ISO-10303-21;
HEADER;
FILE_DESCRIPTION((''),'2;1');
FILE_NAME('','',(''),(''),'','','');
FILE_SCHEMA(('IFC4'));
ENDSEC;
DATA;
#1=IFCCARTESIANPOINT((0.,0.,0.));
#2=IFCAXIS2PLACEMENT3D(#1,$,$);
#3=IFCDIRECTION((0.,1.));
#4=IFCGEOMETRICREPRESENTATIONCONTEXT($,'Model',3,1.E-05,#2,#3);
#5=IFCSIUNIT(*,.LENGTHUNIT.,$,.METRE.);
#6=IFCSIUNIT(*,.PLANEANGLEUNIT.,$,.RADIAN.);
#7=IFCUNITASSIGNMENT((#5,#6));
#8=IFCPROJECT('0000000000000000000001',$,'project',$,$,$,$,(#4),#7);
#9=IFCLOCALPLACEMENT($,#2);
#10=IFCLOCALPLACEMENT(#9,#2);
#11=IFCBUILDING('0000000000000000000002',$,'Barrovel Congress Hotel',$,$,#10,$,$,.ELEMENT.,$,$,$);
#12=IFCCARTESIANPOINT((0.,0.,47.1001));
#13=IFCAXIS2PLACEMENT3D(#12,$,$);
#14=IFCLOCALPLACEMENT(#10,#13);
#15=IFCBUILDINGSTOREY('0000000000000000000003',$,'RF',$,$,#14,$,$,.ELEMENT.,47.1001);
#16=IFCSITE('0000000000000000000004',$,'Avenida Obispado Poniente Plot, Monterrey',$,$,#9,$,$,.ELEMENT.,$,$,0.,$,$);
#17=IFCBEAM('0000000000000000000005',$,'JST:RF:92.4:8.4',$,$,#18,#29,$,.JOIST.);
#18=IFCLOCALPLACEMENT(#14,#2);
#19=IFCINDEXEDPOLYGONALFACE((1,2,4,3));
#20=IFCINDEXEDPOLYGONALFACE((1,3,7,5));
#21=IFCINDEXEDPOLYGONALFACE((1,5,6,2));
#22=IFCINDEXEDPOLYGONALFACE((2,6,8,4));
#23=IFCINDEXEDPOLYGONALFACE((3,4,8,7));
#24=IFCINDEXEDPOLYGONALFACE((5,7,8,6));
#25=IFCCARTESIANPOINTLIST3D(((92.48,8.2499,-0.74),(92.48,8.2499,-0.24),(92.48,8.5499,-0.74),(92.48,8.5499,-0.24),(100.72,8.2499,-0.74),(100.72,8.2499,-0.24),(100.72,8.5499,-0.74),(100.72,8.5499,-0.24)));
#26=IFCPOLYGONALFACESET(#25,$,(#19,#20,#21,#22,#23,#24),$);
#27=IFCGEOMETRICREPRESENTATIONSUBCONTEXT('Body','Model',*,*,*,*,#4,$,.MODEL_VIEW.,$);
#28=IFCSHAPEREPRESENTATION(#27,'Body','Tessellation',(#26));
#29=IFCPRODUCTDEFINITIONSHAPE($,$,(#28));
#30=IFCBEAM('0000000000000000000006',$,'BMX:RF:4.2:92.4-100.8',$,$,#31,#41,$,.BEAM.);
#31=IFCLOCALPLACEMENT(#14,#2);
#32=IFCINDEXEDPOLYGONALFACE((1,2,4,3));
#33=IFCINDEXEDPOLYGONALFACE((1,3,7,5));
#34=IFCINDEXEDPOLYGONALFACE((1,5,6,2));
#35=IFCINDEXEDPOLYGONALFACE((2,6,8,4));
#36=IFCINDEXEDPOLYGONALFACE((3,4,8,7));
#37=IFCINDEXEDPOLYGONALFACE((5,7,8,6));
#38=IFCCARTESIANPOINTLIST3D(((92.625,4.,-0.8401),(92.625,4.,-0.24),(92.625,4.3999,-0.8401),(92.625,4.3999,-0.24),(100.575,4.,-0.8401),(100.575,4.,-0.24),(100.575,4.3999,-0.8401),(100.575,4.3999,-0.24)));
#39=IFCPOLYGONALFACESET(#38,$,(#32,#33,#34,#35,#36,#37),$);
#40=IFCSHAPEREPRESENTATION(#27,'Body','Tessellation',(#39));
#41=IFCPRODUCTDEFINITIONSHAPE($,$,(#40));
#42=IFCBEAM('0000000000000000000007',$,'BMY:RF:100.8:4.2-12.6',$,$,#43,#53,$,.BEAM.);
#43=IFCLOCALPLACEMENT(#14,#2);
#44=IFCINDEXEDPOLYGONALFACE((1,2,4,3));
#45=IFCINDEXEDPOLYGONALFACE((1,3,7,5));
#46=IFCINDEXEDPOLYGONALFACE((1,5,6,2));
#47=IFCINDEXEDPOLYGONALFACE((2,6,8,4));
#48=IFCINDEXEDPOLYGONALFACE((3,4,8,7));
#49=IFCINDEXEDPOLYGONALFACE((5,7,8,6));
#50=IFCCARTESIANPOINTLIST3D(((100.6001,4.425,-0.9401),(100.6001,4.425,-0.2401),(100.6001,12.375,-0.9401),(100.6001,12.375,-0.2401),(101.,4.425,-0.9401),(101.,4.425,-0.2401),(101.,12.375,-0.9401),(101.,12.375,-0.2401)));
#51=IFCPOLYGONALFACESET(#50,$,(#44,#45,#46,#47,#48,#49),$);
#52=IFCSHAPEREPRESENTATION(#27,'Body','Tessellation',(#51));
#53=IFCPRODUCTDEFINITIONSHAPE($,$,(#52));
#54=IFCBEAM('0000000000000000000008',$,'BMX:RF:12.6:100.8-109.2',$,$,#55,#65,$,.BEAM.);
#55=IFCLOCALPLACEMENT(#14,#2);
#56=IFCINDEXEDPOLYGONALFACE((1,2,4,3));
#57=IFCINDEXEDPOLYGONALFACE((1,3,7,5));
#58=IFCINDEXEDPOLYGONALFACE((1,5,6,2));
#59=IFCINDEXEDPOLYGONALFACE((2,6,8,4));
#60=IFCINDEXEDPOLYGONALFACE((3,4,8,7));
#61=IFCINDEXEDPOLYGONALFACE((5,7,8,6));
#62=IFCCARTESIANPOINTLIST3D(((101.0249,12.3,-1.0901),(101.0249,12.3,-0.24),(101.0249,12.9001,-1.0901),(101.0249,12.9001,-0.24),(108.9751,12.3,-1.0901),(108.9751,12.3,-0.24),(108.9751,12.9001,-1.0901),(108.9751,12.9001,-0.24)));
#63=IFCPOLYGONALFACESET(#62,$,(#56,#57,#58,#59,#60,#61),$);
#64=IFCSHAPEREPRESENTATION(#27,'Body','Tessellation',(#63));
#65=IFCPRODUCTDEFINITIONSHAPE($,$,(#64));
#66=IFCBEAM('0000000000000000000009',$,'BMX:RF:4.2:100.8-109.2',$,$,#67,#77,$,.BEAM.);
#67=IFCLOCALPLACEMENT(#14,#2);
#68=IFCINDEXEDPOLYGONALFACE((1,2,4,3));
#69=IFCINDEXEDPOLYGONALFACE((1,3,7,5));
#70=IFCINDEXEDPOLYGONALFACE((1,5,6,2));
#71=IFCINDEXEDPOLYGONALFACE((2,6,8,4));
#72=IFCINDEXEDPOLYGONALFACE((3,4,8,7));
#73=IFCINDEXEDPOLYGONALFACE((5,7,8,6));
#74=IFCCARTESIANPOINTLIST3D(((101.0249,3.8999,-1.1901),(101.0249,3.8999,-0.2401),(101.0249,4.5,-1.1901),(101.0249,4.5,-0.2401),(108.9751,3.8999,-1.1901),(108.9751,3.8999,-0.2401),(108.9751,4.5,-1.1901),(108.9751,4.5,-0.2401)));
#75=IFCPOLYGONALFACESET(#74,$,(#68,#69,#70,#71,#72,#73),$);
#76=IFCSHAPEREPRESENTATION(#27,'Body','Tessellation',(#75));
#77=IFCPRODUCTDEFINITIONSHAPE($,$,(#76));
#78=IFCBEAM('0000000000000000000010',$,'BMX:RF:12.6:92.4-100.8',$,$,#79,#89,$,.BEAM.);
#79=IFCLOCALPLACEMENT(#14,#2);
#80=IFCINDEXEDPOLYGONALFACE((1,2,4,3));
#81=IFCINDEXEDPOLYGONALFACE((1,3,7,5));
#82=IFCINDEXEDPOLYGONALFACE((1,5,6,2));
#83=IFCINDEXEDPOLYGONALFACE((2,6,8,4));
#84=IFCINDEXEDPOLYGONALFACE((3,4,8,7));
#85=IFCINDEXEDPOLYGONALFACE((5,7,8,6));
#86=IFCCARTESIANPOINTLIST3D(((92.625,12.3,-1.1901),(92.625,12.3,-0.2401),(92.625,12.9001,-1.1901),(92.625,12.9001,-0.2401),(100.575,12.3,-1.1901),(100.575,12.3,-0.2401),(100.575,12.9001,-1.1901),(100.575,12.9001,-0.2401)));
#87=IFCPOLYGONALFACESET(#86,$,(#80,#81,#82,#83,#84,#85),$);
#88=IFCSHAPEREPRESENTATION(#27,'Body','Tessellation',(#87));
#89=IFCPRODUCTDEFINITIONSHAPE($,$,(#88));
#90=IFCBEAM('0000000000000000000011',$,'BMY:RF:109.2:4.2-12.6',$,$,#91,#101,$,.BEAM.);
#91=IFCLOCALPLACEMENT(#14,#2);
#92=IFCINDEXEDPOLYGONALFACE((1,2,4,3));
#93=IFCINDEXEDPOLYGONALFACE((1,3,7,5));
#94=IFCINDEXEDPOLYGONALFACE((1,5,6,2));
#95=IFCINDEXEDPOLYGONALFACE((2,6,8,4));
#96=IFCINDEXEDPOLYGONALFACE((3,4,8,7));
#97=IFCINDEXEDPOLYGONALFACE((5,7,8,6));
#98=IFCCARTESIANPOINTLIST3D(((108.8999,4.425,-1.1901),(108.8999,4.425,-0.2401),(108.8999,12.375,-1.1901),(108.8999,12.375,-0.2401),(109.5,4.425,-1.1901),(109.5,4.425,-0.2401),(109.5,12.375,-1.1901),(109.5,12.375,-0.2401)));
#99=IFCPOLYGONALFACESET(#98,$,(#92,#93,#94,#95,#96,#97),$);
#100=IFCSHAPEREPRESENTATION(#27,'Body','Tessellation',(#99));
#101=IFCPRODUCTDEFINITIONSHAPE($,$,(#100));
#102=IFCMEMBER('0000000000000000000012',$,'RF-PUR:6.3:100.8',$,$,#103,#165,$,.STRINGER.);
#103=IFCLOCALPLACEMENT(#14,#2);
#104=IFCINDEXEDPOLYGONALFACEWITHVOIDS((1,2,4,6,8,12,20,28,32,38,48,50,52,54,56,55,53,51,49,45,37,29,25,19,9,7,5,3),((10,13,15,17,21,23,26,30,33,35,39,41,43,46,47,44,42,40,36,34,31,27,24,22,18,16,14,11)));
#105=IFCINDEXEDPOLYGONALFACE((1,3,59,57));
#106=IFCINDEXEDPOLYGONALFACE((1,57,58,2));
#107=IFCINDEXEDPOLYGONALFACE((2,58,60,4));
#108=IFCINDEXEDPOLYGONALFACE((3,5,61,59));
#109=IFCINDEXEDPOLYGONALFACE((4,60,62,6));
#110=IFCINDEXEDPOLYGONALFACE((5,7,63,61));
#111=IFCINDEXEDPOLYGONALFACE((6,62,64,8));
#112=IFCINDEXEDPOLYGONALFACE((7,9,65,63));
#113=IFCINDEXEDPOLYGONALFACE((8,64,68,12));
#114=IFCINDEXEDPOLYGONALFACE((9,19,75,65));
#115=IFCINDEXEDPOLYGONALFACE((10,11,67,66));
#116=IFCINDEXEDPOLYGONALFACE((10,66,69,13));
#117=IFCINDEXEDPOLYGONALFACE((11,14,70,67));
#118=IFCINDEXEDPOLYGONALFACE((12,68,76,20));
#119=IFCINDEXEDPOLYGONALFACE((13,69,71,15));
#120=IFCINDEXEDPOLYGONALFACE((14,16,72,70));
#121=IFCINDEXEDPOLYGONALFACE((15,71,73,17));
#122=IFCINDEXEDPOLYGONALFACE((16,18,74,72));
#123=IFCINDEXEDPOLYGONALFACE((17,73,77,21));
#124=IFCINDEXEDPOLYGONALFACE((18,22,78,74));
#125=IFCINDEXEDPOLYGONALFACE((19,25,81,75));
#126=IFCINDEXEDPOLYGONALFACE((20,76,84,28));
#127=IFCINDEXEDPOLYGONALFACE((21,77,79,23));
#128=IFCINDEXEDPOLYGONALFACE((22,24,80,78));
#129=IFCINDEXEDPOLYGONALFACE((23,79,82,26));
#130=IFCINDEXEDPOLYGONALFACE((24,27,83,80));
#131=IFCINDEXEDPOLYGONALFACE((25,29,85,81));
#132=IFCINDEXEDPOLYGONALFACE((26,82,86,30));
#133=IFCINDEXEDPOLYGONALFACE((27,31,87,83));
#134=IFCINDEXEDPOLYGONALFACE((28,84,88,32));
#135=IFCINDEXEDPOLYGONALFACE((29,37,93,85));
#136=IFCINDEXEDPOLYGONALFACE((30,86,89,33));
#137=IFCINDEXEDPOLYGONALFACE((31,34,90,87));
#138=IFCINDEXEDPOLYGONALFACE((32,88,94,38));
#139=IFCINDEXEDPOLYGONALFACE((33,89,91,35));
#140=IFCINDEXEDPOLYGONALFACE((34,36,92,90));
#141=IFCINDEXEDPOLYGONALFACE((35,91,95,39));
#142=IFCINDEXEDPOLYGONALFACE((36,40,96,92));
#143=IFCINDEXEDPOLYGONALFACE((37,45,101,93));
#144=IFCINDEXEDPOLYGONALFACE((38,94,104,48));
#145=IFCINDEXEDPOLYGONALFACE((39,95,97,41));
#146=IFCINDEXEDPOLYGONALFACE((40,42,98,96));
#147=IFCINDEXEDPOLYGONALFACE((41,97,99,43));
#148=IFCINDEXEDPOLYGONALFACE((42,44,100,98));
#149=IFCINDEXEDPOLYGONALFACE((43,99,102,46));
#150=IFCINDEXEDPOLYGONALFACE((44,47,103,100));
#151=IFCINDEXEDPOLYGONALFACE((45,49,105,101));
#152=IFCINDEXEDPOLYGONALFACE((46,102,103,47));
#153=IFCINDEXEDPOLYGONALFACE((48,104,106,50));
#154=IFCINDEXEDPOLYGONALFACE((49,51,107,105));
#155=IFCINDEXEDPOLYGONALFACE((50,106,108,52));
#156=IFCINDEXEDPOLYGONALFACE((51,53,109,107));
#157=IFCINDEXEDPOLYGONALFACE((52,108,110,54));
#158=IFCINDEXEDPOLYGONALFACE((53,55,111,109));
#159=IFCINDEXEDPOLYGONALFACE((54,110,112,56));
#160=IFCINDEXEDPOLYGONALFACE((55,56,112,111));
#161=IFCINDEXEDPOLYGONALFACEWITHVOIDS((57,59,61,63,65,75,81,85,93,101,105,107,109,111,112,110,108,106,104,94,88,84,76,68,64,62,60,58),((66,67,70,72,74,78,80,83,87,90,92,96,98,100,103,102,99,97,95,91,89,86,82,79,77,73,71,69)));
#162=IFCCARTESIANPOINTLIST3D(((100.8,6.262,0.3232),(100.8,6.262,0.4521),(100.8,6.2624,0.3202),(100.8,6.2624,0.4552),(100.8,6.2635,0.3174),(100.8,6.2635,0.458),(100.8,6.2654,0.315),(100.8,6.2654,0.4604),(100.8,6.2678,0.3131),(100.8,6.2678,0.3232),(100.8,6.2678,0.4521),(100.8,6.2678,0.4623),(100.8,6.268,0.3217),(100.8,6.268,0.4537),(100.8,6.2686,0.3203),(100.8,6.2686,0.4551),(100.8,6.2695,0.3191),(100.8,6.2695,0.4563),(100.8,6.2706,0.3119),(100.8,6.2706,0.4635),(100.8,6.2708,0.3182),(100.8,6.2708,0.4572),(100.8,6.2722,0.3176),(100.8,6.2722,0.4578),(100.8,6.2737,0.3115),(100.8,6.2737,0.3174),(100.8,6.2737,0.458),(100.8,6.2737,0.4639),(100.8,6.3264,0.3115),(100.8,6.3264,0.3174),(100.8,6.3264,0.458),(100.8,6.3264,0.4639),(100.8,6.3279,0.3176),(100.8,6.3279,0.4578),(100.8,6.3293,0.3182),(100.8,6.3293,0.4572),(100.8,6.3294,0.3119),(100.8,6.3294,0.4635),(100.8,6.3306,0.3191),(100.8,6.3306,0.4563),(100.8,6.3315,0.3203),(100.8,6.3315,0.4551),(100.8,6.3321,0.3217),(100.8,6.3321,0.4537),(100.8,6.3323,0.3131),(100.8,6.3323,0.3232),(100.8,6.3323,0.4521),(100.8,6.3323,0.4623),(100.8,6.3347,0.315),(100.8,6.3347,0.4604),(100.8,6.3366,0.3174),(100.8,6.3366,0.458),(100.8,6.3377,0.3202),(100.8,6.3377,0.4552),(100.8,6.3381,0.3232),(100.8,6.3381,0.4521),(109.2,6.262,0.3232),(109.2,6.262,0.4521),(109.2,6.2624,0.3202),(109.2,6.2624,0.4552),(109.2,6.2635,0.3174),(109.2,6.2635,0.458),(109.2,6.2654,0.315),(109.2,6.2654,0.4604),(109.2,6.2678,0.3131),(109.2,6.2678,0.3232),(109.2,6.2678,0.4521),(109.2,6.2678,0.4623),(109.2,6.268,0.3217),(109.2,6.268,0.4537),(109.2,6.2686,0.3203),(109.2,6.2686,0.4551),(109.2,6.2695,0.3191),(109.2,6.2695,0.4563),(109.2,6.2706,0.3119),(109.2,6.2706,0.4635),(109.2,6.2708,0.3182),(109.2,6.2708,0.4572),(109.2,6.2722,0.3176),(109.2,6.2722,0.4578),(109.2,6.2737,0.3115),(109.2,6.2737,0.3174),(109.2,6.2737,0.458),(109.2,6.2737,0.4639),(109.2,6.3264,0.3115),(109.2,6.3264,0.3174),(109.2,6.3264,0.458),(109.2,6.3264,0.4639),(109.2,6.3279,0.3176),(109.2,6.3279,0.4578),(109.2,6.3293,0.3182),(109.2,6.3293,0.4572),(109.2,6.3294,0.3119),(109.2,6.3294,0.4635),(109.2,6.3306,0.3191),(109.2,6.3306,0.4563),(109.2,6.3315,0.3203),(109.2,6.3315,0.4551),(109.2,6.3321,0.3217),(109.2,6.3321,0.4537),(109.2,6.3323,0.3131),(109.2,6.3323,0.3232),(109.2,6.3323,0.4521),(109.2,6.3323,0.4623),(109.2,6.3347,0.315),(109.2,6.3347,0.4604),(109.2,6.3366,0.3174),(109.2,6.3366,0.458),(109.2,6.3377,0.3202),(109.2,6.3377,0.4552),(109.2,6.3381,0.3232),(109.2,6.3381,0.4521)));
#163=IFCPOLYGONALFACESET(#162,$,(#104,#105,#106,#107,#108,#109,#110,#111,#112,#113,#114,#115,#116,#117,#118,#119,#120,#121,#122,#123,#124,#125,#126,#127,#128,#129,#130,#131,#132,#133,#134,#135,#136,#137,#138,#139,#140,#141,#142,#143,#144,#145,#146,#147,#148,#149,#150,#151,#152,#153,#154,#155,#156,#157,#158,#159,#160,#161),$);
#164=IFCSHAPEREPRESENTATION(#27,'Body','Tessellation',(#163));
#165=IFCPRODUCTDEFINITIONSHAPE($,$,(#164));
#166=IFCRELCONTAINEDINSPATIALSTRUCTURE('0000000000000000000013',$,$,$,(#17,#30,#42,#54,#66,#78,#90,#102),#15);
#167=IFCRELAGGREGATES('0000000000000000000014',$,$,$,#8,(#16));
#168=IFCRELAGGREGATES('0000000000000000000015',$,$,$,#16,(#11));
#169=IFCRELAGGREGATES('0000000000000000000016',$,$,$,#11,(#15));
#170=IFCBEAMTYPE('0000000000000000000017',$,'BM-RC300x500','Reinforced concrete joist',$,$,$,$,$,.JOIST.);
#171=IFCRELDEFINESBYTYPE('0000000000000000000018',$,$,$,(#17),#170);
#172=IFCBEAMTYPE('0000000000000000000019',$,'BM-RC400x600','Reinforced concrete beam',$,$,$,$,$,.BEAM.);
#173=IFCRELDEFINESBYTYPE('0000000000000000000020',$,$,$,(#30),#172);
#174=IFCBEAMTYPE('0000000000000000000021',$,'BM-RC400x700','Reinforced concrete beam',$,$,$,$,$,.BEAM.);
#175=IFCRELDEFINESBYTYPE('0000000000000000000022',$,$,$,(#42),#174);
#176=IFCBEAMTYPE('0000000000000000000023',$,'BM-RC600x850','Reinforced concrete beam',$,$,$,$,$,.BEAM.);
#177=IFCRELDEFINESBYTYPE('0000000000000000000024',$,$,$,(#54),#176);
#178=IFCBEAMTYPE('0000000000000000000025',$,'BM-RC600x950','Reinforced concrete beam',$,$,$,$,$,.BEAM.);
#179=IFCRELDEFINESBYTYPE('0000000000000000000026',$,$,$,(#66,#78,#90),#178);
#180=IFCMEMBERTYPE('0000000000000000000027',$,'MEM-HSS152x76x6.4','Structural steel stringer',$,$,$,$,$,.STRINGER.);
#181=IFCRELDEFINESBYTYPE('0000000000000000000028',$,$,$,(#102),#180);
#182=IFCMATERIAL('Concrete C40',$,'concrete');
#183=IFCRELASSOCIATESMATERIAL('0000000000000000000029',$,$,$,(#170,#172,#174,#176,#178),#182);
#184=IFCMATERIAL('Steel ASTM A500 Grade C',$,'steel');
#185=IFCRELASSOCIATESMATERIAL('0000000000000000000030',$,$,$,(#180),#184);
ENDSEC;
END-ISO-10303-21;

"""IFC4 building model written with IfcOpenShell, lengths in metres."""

from ifc_helpers import new_model, si_unit, direction, frame, origin, origin_2d, place, context, subcontext, project, spatial, rectangle, hollow_rectangle, extrude, material, material_profile, profile_set, type_object, element, save


model = new_model("IFC4")

# Units and contexts
model_context = context("Model", 3, precision=1e-05, world=origin(), true_north=direction((0.0, 1.0)))
body_context = subcontext(model_context, "Body", "Model", "MODEL_VIEW")
ifc_project = project(units=[si_unit("LENGTHUNIT", "METRE"), si_unit("PLANEANGLEUNIT", "RADIAN")], contexts=[model_context])

# Site, building, storey
site_placement = place(None, origin())
site = spatial("IfcSite", under=ifc_project, at=site_placement, Name="Avenida Obispado Poniente Plot, Monterrey", CompositionType="ELEMENT", RefElevation=0.0)
building_placement = place(site_placement, origin())
building = spatial("IfcBuilding", under=site, at=building_placement, Name="Barrovel Congress Hotel", CompositionType="ELEMENT")
storey_placement = place(building_placement, frame((0.0, 0.0, 47.1001)))
storey = spatial("IfcBuildingStorey", under=building, at=storey_placement, Name="RF", CompositionType="ELEMENT", Elevation=47.1001)

# Beams
ifc_material_1 = material(Name="Concrete C40", Category="concrete")
ifc_material_profile_1 = material_profile(ifc_material_1, rectangle(XDim=0.3, YDim=0.5, at=origin_2d()), Name="RC300x500")
ifc_profile_set_1 = profile_set([ifc_material_profile_1], Name="Concrete C40")
beam_type_1 = type_object("IfcBeamType", Name="BM-RC300x500", Description="Reinforced concrete joist", PredefinedType="JOIST", material=ifc_profile_set_1)
beam_1_placement = place(storey_placement, frame((92.48, 8.3999, -0.49), z_axis=(1.0, 0.0, 0.0), x_axis=(0.0, 1.0, 0.0)))
element("IfcBeam", 1, at=beam_1_placement, inside=storey, type_object=beam_type_1, Name="JST:RF:92.4:8.4", PredefinedType="JOIST", context=body_context, shape_type="SweptSolid", body=[
    extrude(rectangle(XDim=0.3, YDim=0.5, at=origin_2d()), origin(), (0.0, 0.0, 1.0), 8.24),
])
ifc_material_profile_2 = material_profile(ifc_material_1, rectangle(XDim=0.3999, YDim=0.6001, at=origin_2d()), Name="RC400x600")
ifc_profile_set_2 = profile_set([ifc_material_profile_2], Name="Concrete C40")
beam_type_2 = type_object("IfcBeamType", Name="BM-RC400x600", Description="Reinforced concrete beam", PredefinedType="BEAM", material=ifc_profile_set_2)
beam_2_placement = place(storey_placement, frame((92.625, 4.2, -0.54), z_axis=(1.0, 0.0, 0.0), x_axis=(0.0, 1.0, 0.0)))
element("IfcBeam", 2, at=beam_2_placement, inside=storey, type_object=beam_type_2, Name="BMX:RF:4.2:92.4-100.8", PredefinedType="BEAM", context=body_context, shape_type="SweptSolid", body=[
    extrude(rectangle(XDim=0.3999, YDim=0.6001, at=origin_2d()), origin(), (0.0, 0.0, 1.0), 7.95),
])
ifc_material_profile_3 = material_profile(ifc_material_1, rectangle(XDim=0.3999, YDim=0.7, at=origin_2d()), Name="RC400x700")
ifc_profile_set_3 = profile_set([ifc_material_profile_3], Name="Concrete C40")
beam_type_3 = type_object("IfcBeamType", Name="BM-RC400x700", Description="Reinforced concrete beam", PredefinedType="BEAM", material=ifc_profile_set_3)
beam_3_placement = place(storey_placement, frame((100.8, 4.425, -0.5901), z_axis=(0.0, 1.0, 0.0), x_axis=(-1.0, 0.0, 0.0)))
element("IfcBeam", 3, at=beam_3_placement, inside=storey, type_object=beam_type_3, Name="BMY:RF:100.8:4.2-12.6", PredefinedType="BEAM", context=body_context, shape_type="SweptSolid", body=[
    extrude(rectangle(XDim=0.3999, YDim=0.7, at=origin_2d()), origin(), (0.0, 0.0, 1.0), 7.95),
])
ifc_material_profile_4 = material_profile(ifc_material_1, rectangle(XDim=0.6001, YDim=0.8501, at=origin_2d()), Name="RC600x850")
ifc_profile_set_4 = profile_set([ifc_material_profile_4], Name="Concrete C40")
beam_type_4 = type_object("IfcBeamType", Name="BM-RC600x850", Description="Reinforced concrete beam", PredefinedType="BEAM", material=ifc_profile_set_4)
beam_4_placement = place(storey_placement, frame((101.0249, 12.6001, -0.665), z_axis=(1.0, 0.0, 0.0), x_axis=(0.0, 1.0, 0.0)))
element("IfcBeam", 4, at=beam_4_placement, inside=storey, type_object=beam_type_4, Name="BMX:RF:12.6:100.8-109.2", PredefinedType="BEAM", context=body_context, shape_type="SweptSolid", body=[
    extrude(rectangle(XDim=0.6001, YDim=0.8501, at=origin_2d()), origin(), (0.0, 0.0, 1.0), 7.9502),
])
ifc_material_profile_5 = material_profile(ifc_material_1, rectangle(XDim=0.6001, YDim=0.95, at=origin_2d()), Name="RC600x950")
ifc_profile_set_5 = profile_set([ifc_material_profile_5], Name="Concrete C40")
beam_type_5 = type_object("IfcBeamType", Name="BM-RC600x950", Description="Reinforced concrete beam", PredefinedType="BEAM", material=ifc_profile_set_5)
beam_5_placement = place(storey_placement, frame((101.0249, 4.2, -0.7151), z_axis=(1.0, 0.0, 0.0), x_axis=(0.0, 1.0, 0.0)))
element("IfcBeam", 5, at=beam_5_placement, inside=storey, type_object=beam_type_5, Name="BMX:RF:4.2:100.8-109.2", PredefinedType="BEAM", context=body_context, shape_type="SweptSolid", body=[
    extrude(rectangle(XDim=0.6001, YDim=0.95, at=origin_2d()), origin(), (0.0, 0.0, 1.0), 7.9502),
])
for number, where, z_axis, x_axis, name in (
    (6, (92.625, 12.6001, -0.7151), (1.0, 0.0, 0.0), (0.0, 1.0, 0.0), "BMX:RF:12.6:92.4-100.8"),
    (7, (109.2, 4.425, -0.7151), (0.0, 1.0, 0.0), (-1.0, 0.0, 0.0), "BMY:RF:109.2:4.2-12.6"),
):
    element("IfcBeam", number, at=place(storey_placement, frame(where, z_axis=z_axis, x_axis=x_axis)), inside=storey, type_object=beam_type_5, Name=name, PredefinedType="BEAM", context=body_context, shape_type="SweptSolid", body=[
        extrude(rectangle(XDim=0.6001, YDim=0.95, at=origin_2d()), origin(), (0.0, 0.0, 1.0), 7.95),
    ])

# Member
ifc_material_2 = material(Name="Steel ASTM A500 Grade C", Category="steel")
ifc_material_profile_6 = material_profile(ifc_material_2, hollow_rectangle(XDim=0.0762, YDim=0.1523, WallThickness=0.0059, InnerFilletRadius=0.0059, OuterFilletRadius=0.0117, at=origin_2d()), Name="HSS152x76x6.4")
ifc_profile_set_6 = profile_set([ifc_material_profile_6], Name="Steel ASTM A500 Grade C")
member_type_1 = type_object("IfcMemberType", Name="MEM-HSS152x76x6.4", Description="Structural steel stringer", PredefinedType="STRINGER", material=ifc_profile_set_6)
for number, where, z_axis, x_axis, name in (
    (8, (100.8, 6.3, 0.3877), (1.0, 0.0, 0.0), (0.0, 1.0, 0.0), "RF-PUR:6.3:100.8"),
):
    element("IfcMember", number, at=place(storey_placement, frame(where, z_axis=z_axis, x_axis=x_axis)), inside=storey, type_object=member_type_1, Name=name, PredefinedType="STRINGER", context=body_context, shape_type="SweptSolid", body=[
        extrude(hollow_rectangle(XDim=0.0762, YDim=0.1523, WallThickness=0.0059, InnerFilletRadius=0.0059, OuterFilletRadius=0.0117, at=origin_2d()), origin(), (0.0, 0.0, 1.0), 8.3999),
    ])

save(model, "model.ifc")
